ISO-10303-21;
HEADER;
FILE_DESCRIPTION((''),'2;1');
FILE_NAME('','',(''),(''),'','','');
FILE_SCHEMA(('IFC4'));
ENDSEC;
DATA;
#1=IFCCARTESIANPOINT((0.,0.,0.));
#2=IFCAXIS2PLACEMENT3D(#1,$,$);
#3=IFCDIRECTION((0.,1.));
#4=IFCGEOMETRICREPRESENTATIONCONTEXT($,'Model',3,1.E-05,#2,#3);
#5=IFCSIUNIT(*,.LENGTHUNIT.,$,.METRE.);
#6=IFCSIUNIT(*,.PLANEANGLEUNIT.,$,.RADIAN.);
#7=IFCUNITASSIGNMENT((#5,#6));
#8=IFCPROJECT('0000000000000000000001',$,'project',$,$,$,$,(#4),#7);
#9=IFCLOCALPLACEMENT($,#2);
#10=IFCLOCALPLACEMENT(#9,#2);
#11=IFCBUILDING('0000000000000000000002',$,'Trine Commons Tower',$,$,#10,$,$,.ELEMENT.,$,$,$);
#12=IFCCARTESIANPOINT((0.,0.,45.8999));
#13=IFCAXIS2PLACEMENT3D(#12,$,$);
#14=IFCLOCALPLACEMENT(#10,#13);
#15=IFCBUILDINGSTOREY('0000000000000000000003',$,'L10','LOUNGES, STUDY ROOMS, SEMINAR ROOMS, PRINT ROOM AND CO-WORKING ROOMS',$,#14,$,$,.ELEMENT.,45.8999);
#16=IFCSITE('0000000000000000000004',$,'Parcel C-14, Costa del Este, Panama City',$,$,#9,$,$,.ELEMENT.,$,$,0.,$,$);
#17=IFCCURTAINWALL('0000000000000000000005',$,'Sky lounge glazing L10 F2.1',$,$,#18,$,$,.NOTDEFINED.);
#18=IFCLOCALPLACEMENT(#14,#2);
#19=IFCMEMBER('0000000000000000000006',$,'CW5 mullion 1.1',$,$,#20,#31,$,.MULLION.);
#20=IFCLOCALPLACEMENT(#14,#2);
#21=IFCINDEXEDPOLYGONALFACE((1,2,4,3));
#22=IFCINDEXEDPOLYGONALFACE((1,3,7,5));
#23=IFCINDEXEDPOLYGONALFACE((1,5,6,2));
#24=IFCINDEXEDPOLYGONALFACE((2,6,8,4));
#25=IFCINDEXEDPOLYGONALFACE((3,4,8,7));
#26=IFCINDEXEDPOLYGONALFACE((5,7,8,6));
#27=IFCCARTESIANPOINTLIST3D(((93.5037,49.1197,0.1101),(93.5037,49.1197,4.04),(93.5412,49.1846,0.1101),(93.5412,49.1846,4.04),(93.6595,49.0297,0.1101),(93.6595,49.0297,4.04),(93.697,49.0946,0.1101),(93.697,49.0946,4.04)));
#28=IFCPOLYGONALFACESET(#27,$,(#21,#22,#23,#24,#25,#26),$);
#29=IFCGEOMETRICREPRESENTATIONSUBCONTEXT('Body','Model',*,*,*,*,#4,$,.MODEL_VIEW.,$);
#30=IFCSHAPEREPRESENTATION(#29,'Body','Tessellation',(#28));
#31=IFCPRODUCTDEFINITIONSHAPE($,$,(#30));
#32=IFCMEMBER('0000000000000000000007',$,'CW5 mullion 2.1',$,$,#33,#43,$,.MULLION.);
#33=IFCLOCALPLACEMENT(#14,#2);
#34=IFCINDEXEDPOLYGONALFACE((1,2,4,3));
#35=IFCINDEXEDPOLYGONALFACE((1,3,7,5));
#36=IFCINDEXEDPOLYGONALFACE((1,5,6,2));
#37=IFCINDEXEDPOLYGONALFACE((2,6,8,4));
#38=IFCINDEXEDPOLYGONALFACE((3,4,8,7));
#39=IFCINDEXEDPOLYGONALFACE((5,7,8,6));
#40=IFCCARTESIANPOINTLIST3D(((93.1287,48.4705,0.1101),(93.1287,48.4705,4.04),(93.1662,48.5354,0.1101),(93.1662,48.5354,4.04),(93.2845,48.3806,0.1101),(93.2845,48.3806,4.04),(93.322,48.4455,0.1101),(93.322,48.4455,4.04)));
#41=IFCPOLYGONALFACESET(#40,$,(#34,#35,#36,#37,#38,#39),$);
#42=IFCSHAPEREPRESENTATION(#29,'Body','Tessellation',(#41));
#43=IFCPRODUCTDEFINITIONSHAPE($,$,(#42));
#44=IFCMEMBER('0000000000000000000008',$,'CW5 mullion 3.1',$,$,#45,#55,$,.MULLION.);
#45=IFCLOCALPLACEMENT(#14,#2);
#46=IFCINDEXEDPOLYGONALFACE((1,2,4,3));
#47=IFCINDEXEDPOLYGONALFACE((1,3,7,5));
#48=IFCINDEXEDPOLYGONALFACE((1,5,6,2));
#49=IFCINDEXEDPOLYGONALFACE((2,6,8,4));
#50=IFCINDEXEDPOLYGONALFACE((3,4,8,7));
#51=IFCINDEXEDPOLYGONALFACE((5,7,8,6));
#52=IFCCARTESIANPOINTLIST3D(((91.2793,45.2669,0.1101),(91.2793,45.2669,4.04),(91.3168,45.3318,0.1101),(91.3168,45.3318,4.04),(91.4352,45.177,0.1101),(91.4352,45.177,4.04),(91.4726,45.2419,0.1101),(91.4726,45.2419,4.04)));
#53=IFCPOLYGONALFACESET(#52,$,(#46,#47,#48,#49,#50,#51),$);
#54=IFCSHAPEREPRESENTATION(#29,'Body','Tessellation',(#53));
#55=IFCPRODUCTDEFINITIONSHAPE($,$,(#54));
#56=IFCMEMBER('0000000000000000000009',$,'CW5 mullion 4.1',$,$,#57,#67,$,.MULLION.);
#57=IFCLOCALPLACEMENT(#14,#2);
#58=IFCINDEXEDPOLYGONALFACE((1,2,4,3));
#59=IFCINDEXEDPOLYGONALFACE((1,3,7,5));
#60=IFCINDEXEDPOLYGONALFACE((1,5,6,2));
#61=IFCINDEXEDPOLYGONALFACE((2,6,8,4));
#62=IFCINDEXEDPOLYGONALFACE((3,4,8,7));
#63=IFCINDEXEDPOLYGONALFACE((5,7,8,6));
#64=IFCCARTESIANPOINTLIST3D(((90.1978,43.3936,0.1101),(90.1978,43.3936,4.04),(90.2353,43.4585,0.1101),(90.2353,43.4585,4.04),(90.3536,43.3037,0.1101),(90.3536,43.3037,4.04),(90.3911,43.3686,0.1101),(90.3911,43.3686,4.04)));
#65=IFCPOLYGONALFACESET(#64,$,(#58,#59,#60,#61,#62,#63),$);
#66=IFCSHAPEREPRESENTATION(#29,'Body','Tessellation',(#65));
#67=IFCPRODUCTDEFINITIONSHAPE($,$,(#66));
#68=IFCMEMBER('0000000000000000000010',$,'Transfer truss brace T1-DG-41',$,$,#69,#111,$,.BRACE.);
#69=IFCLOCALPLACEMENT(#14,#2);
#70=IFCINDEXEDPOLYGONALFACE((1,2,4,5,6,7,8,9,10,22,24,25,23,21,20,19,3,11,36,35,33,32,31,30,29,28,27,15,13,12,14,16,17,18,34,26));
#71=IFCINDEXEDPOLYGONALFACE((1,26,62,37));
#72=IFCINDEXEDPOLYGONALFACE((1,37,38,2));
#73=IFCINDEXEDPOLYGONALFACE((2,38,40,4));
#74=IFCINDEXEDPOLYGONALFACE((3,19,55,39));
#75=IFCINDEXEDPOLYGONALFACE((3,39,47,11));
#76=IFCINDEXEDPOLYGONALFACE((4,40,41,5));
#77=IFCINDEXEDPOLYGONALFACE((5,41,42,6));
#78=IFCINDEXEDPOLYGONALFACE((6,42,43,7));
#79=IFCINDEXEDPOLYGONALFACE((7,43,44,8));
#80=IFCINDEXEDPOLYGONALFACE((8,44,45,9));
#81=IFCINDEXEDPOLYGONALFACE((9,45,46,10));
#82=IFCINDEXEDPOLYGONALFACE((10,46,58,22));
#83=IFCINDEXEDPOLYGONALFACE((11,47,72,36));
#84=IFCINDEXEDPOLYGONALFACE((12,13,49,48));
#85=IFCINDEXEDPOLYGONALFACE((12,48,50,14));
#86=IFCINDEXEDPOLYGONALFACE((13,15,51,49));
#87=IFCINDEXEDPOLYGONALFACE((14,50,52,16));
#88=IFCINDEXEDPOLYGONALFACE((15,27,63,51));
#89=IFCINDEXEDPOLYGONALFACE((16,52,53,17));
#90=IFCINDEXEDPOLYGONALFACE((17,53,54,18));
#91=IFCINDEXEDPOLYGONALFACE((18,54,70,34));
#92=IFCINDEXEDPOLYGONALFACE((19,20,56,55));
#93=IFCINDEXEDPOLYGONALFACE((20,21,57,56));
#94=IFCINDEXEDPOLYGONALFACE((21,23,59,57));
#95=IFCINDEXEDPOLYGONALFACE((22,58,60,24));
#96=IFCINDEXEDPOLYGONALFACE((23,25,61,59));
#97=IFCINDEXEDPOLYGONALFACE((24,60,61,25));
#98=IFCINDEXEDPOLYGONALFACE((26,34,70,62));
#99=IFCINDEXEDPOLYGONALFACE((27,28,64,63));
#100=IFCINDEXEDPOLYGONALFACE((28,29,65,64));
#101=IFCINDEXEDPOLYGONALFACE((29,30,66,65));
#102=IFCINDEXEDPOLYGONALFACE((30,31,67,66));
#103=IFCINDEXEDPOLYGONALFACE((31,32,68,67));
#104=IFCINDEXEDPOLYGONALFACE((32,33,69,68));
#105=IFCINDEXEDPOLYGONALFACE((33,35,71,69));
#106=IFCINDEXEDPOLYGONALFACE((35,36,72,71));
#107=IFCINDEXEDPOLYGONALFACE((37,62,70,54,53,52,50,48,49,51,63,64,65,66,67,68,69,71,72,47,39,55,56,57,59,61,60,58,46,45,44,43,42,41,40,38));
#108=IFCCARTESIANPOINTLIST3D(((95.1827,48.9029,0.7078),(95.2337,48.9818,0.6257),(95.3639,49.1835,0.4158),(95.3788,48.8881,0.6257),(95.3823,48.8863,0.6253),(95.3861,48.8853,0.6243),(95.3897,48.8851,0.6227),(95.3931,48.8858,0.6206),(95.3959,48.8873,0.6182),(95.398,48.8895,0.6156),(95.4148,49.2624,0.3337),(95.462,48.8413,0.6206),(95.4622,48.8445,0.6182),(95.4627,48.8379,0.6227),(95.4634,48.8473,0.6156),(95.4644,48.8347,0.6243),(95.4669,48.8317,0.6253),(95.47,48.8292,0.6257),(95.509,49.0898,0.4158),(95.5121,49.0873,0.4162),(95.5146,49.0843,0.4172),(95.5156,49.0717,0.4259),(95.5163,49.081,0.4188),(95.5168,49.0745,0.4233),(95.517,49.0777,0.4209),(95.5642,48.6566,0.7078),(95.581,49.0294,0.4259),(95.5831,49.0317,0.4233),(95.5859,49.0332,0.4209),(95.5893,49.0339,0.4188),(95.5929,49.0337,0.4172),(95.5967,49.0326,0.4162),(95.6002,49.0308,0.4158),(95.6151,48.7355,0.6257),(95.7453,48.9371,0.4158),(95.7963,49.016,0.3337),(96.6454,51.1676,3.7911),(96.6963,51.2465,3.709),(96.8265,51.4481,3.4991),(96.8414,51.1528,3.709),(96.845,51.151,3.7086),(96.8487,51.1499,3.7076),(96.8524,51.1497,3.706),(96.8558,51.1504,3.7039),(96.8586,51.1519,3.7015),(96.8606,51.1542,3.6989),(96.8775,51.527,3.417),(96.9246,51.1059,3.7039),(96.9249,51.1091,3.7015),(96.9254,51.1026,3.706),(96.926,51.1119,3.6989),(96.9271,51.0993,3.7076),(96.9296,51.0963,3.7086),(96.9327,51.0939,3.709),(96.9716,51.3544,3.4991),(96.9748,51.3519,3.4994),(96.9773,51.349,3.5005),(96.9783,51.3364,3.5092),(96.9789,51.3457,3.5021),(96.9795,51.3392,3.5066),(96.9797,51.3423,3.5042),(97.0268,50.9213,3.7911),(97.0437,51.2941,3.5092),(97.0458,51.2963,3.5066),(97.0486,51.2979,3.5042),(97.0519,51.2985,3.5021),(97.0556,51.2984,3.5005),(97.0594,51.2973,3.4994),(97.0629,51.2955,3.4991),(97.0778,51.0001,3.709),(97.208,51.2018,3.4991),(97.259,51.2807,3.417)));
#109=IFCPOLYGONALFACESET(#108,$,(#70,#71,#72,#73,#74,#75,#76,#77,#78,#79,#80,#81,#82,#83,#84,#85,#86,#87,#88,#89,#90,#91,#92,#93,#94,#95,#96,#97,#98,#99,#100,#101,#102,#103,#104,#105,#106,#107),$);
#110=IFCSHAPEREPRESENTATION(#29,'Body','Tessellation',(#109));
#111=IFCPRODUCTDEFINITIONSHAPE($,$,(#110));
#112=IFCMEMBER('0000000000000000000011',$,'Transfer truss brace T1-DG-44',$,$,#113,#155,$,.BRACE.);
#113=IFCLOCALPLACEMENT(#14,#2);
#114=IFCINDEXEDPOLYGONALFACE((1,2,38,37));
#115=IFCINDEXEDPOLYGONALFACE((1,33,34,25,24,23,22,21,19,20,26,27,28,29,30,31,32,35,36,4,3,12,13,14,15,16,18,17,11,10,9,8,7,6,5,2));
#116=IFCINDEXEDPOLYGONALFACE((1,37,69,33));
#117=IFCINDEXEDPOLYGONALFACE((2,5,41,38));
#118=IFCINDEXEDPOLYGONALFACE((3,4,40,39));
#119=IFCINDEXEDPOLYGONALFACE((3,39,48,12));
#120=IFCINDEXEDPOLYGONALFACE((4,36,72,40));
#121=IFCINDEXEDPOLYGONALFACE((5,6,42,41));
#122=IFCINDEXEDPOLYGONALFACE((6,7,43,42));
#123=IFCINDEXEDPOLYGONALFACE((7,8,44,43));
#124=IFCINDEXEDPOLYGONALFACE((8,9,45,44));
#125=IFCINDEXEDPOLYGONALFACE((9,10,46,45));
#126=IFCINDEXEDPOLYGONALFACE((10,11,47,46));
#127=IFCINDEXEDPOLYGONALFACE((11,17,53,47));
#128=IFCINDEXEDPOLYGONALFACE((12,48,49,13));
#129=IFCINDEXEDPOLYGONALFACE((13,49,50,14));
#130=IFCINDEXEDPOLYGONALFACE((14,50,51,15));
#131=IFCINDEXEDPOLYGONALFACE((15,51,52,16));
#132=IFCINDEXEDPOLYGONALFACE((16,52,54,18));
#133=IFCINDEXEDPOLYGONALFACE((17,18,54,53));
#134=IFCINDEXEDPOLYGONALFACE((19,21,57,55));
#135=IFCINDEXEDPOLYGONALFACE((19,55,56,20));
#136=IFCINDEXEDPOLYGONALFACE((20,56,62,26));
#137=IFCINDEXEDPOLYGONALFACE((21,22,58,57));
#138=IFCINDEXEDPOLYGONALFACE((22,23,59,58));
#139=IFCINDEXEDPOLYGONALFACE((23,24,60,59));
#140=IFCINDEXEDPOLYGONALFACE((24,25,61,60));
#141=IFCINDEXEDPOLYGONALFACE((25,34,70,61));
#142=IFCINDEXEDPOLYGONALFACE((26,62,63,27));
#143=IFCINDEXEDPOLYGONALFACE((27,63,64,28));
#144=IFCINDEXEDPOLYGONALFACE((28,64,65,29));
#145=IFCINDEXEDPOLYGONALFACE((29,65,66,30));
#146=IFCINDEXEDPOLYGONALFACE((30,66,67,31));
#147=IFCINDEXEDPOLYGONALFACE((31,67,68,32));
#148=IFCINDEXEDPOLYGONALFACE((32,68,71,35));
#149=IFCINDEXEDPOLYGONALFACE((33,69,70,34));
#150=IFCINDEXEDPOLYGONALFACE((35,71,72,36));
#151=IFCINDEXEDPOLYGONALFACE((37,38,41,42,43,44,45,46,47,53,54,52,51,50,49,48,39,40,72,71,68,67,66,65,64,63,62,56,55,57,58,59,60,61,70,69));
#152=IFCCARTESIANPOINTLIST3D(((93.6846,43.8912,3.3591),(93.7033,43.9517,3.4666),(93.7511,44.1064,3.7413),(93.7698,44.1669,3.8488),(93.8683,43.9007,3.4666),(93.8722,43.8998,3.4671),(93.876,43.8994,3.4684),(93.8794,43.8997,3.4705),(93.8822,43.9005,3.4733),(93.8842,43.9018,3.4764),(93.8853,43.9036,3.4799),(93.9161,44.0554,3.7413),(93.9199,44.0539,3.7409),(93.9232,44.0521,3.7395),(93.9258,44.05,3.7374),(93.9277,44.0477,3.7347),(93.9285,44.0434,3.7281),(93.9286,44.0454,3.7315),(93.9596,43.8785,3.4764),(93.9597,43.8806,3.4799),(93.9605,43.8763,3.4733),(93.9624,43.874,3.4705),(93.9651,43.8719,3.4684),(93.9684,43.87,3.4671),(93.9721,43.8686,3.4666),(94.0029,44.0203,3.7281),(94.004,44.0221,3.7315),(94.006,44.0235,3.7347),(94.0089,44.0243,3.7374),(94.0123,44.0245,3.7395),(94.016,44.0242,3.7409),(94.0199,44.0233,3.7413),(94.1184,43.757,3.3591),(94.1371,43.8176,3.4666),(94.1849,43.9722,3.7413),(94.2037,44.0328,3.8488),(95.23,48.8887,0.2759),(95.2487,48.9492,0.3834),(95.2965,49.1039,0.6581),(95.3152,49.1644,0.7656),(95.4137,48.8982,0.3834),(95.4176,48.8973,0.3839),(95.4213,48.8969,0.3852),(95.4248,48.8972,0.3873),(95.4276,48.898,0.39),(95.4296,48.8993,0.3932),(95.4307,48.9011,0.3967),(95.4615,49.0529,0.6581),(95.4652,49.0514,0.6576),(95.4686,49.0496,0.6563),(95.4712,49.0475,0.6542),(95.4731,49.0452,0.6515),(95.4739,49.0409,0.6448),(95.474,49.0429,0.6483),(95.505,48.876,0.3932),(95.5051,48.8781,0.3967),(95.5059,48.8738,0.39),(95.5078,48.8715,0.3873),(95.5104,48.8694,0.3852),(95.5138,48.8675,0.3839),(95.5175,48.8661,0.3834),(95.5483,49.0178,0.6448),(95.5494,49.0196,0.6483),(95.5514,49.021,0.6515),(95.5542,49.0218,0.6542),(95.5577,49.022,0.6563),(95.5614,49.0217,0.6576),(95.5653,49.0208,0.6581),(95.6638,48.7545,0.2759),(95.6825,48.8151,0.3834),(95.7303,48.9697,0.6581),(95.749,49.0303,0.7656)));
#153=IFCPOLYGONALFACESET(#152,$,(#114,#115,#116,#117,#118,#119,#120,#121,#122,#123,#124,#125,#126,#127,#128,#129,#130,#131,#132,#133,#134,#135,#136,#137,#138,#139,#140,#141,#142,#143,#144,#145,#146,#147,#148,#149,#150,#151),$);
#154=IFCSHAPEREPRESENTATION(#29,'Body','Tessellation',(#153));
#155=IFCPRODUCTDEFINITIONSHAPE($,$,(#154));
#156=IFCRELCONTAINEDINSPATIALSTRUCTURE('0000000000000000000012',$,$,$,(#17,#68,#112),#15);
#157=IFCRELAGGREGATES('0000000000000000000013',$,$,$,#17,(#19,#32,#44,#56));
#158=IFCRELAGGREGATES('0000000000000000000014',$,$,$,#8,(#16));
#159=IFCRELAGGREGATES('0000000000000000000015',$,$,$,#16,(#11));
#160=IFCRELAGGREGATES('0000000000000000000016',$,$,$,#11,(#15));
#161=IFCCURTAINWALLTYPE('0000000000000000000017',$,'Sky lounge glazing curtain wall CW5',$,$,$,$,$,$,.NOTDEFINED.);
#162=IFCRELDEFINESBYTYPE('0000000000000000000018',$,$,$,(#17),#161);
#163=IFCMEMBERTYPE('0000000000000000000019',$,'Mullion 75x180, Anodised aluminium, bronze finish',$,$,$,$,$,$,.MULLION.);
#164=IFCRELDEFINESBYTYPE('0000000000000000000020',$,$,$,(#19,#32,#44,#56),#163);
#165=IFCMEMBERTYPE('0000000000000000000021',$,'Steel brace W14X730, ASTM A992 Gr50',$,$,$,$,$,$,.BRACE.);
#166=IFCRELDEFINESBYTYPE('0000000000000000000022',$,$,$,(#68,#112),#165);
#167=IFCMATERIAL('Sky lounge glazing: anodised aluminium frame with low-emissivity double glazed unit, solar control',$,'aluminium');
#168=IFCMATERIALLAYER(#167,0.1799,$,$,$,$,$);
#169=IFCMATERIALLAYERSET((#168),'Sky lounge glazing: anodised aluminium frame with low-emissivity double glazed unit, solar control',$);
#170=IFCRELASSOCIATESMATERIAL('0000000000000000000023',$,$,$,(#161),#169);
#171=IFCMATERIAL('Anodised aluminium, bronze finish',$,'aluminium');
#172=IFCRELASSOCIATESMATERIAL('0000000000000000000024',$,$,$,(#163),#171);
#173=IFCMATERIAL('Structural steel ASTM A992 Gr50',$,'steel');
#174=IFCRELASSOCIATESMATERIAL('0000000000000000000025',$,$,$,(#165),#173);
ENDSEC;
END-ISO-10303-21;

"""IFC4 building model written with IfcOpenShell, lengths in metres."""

from ifc_helpers import new_model, si_unit, direction, frame, origin, origin_2d, place, context, subcontext, project, spatial, rectangle, i_section, extrude, material, layer, layer_set, material_profile, profile_set, type_object, element, aggregate, save


model = new_model("IFC4")

# Units and contexts
model_context = context("Model", 3, precision=1e-05, world=origin(), true_north=direction((0.0, 1.0)))
body_context = subcontext(model_context, "Body", "Model", "MODEL_VIEW")
ifc_project = project(units=[si_unit("LENGTHUNIT", "METRE"), si_unit("PLANEANGLEUNIT", "RADIAN")], contexts=[model_context])

# Site, building, storey
site_placement = place(None, origin())
site = spatial("IfcSite", under=ifc_project, at=site_placement, Name="Parcel C-14, Costa del Este, Panama City", CompositionType="ELEMENT", RefElevation=0.0)
building_placement = place(site_placement, origin())
building = spatial("IfcBuilding", under=site, at=building_placement, Name="Trine Commons Tower", CompositionType="ELEMENT")
storey_placement = place(building_placement, frame((0.0, 0.0, 45.8999)))
storey = spatial("IfcBuildingStorey", under=building, at=storey_placement, Name="L10", Description="LOUNGES, STUDY ROOMS, SEMINAR ROOMS, PRINT ROOM AND CO-WORKING ROOMS", CompositionType="ELEMENT", Elevation=45.8999)

# Curtain wall, members
ifc_material_1 = material(Name="Sky lounge glazing: anodised aluminium frame with low-emissivity double glazed unit, solar control", Category="aluminium")
ifc_layer_1 = layer(ifc_material_1, 0.1799)
ifc_layer_set_1 = layer_set([ifc_layer_1], Name="Sky lounge glazing: anodised aluminium frame with low-emissivity double glazed unit, solar control")
curtain_wall_type = type_object("IfcCurtainWallType", Name="Sky lounge glazing curtain wall CW5", PredefinedType="NOTDEFINED", material=ifc_layer_set_1)
curtain_wall_placement = place(storey_placement, origin())
curtain_wall = element("IfcCurtainWall", 1, at=curtain_wall_placement, inside=storey, type_object=curtain_wall_type, Name="Sky lounge glazing L10 F2.1", PredefinedType="NOTDEFINED")
ifc_material_2 = material(Name="Anodised aluminium, bronze finish", Category="aluminium")
ifc_material_profile_1 = material_profile(ifc_material_2, rectangle(XDim=0.1799, YDim=0.075, at=origin_2d()), Name="Mullion 75x180")
ifc_profile_set_1 = profile_set([ifc_material_profile_1], Name="Anodised aluminium, bronze finish")
member_type_1 = type_object("IfcMemberType", Name="Mullion 75x180, Anodised aluminium, bronze finish", PredefinedType="MULLION", material=ifc_profile_set_1)
member_1_placement = place(storey_placement, frame((93.6003, 49.1072, 0.1101), z_axis=(0.0, 0.0, 1.0), x_axis=(0.866025, -0.5, 0.0)))
member_1 = element("IfcMember", 2, at=member_1_placement, type_object=member_type_1, Name="CW5 mullion 1.1", PredefinedType="MULLION", context=body_context, shape_type="SweptSolid", body=[
    extrude(rectangle(XDim=0.1799, YDim=0.075, at=origin_2d()), origin(), (0.0, 0.0, 1.0), 3.9299),
])
member_2_placement = place(storey_placement, frame((93.2253, 48.458, 0.1101), z_axis=(0.0, 0.0, 1.0), x_axis=(0.866025, -0.5, 0.0)))
member_2 = element("IfcMember", 3, at=member_2_placement, type_object=member_type_1, Name="CW5 mullion 2.1", PredefinedType="MULLION", context=body_context, shape_type="SweptSolid", body=[
    extrude(rectangle(XDim=0.1799, YDim=0.075, at=origin_2d()), origin(), (0.0, 0.0, 1.0), 3.9299),
])
member_3_placement = place(storey_placement, frame((91.376, 45.2544, 0.1101), z_axis=(0.0, 0.0, 1.0), x_axis=(0.866025, -0.5, 0.0)))
member_3 = element("IfcMember", 4, at=member_3_placement, type_object=member_type_1, Name="CW5 mullion 3.1", PredefinedType="MULLION", context=body_context, shape_type="SweptSolid", body=[
    extrude(rectangle(XDim=0.1799, YDim=0.075, at=origin_2d()), origin(), (0.0, 0.0, 1.0), 3.9299),
])
member_4_placement = place(storey_placement, frame((90.2944, 43.3811, 0.1101), z_axis=(0.0, 0.0, 1.0), x_axis=(0.866025, -0.5, 0.0)))
member_4 = element("IfcMember", 5, at=member_4_placement, type_object=member_type_1, Name="CW5 mullion 4.1", PredefinedType="MULLION", context=body_context, shape_type="SweptSolid", body=[
    extrude(rectangle(XDim=0.1799, YDim=0.075, at=origin_2d()), origin(), (0.0, 0.0, 1.0), 3.9299),
])

# Members
ifc_material_3 = material(Name="Structural steel ASTM A992 Gr50", Category="steel")
ifc_material_profile_2 = material_profile(ifc_material_3, i_section(OverallWidth=0.4541, OverallDepth=0.5684, WebThickness=0.0779, FlangeThickness=0.1248, FilletRadius=0.0154, at=origin_2d()), Name="W14X730")
ifc_profile_set_2 = profile_set([ifc_material_profile_2], Name="Structural steel ASTM A992 Gr50")
member_type_2 = type_object("IfcMemberType", Name="Steel brace W14X730, ASTM A992 Gr50", PredefinedType="BRACE", material=ifc_profile_set_2)
member_5_placement = place(storey_placement, frame((95.4895, 48.9595, 0.5208), z_axis=(0.357121, 0.552939, 0.75281), x_axis=(-0.840029, 0.542541, 0.0)))
element("IfcMember", 6, at=member_5_placement, inside=storey, type_object=member_type_2, Name="Transfer truss brace T1-DG-41", PredefinedType="BRACE", context=body_context, shape_type="SweptSolid", body=[
    extrude(i_section(OverallWidth=0.4541, OverallDepth=0.5684, WebThickness=0.0779, FlangeThickness=0.1248, FilletRadius=0.0154, at=origin_2d()), origin(), (0.0, 0.0, 1.0), 4.0957),
])
member_6_placement = place(storey_placement, frame((95.4895, 48.9595, 0.5208), z_axis=(-0.25451, -0.823037, 0.507774), x_axis=(0.955364, -0.29543, 0.0)))
element("IfcMember", 7, at=member_6_placement, inside=storey, type_object=member_type_2, Name="Transfer truss brace T1-DG-44", PredefinedType="BRACE", context=body_context, shape_type="SweptSolid", body=[
    extrude(i_section(OverallWidth=0.4541, OverallDepth=0.5684, WebThickness=0.0779, FlangeThickness=0.1248, FilletRadius=0.0154, at=origin_2d()), origin(), (0.0, 0.0, 1.0), 6.072),
])

aggregate(curtain_wall, [member_1, member_2, member_3, member_4])

save(model, "model.ifc")
